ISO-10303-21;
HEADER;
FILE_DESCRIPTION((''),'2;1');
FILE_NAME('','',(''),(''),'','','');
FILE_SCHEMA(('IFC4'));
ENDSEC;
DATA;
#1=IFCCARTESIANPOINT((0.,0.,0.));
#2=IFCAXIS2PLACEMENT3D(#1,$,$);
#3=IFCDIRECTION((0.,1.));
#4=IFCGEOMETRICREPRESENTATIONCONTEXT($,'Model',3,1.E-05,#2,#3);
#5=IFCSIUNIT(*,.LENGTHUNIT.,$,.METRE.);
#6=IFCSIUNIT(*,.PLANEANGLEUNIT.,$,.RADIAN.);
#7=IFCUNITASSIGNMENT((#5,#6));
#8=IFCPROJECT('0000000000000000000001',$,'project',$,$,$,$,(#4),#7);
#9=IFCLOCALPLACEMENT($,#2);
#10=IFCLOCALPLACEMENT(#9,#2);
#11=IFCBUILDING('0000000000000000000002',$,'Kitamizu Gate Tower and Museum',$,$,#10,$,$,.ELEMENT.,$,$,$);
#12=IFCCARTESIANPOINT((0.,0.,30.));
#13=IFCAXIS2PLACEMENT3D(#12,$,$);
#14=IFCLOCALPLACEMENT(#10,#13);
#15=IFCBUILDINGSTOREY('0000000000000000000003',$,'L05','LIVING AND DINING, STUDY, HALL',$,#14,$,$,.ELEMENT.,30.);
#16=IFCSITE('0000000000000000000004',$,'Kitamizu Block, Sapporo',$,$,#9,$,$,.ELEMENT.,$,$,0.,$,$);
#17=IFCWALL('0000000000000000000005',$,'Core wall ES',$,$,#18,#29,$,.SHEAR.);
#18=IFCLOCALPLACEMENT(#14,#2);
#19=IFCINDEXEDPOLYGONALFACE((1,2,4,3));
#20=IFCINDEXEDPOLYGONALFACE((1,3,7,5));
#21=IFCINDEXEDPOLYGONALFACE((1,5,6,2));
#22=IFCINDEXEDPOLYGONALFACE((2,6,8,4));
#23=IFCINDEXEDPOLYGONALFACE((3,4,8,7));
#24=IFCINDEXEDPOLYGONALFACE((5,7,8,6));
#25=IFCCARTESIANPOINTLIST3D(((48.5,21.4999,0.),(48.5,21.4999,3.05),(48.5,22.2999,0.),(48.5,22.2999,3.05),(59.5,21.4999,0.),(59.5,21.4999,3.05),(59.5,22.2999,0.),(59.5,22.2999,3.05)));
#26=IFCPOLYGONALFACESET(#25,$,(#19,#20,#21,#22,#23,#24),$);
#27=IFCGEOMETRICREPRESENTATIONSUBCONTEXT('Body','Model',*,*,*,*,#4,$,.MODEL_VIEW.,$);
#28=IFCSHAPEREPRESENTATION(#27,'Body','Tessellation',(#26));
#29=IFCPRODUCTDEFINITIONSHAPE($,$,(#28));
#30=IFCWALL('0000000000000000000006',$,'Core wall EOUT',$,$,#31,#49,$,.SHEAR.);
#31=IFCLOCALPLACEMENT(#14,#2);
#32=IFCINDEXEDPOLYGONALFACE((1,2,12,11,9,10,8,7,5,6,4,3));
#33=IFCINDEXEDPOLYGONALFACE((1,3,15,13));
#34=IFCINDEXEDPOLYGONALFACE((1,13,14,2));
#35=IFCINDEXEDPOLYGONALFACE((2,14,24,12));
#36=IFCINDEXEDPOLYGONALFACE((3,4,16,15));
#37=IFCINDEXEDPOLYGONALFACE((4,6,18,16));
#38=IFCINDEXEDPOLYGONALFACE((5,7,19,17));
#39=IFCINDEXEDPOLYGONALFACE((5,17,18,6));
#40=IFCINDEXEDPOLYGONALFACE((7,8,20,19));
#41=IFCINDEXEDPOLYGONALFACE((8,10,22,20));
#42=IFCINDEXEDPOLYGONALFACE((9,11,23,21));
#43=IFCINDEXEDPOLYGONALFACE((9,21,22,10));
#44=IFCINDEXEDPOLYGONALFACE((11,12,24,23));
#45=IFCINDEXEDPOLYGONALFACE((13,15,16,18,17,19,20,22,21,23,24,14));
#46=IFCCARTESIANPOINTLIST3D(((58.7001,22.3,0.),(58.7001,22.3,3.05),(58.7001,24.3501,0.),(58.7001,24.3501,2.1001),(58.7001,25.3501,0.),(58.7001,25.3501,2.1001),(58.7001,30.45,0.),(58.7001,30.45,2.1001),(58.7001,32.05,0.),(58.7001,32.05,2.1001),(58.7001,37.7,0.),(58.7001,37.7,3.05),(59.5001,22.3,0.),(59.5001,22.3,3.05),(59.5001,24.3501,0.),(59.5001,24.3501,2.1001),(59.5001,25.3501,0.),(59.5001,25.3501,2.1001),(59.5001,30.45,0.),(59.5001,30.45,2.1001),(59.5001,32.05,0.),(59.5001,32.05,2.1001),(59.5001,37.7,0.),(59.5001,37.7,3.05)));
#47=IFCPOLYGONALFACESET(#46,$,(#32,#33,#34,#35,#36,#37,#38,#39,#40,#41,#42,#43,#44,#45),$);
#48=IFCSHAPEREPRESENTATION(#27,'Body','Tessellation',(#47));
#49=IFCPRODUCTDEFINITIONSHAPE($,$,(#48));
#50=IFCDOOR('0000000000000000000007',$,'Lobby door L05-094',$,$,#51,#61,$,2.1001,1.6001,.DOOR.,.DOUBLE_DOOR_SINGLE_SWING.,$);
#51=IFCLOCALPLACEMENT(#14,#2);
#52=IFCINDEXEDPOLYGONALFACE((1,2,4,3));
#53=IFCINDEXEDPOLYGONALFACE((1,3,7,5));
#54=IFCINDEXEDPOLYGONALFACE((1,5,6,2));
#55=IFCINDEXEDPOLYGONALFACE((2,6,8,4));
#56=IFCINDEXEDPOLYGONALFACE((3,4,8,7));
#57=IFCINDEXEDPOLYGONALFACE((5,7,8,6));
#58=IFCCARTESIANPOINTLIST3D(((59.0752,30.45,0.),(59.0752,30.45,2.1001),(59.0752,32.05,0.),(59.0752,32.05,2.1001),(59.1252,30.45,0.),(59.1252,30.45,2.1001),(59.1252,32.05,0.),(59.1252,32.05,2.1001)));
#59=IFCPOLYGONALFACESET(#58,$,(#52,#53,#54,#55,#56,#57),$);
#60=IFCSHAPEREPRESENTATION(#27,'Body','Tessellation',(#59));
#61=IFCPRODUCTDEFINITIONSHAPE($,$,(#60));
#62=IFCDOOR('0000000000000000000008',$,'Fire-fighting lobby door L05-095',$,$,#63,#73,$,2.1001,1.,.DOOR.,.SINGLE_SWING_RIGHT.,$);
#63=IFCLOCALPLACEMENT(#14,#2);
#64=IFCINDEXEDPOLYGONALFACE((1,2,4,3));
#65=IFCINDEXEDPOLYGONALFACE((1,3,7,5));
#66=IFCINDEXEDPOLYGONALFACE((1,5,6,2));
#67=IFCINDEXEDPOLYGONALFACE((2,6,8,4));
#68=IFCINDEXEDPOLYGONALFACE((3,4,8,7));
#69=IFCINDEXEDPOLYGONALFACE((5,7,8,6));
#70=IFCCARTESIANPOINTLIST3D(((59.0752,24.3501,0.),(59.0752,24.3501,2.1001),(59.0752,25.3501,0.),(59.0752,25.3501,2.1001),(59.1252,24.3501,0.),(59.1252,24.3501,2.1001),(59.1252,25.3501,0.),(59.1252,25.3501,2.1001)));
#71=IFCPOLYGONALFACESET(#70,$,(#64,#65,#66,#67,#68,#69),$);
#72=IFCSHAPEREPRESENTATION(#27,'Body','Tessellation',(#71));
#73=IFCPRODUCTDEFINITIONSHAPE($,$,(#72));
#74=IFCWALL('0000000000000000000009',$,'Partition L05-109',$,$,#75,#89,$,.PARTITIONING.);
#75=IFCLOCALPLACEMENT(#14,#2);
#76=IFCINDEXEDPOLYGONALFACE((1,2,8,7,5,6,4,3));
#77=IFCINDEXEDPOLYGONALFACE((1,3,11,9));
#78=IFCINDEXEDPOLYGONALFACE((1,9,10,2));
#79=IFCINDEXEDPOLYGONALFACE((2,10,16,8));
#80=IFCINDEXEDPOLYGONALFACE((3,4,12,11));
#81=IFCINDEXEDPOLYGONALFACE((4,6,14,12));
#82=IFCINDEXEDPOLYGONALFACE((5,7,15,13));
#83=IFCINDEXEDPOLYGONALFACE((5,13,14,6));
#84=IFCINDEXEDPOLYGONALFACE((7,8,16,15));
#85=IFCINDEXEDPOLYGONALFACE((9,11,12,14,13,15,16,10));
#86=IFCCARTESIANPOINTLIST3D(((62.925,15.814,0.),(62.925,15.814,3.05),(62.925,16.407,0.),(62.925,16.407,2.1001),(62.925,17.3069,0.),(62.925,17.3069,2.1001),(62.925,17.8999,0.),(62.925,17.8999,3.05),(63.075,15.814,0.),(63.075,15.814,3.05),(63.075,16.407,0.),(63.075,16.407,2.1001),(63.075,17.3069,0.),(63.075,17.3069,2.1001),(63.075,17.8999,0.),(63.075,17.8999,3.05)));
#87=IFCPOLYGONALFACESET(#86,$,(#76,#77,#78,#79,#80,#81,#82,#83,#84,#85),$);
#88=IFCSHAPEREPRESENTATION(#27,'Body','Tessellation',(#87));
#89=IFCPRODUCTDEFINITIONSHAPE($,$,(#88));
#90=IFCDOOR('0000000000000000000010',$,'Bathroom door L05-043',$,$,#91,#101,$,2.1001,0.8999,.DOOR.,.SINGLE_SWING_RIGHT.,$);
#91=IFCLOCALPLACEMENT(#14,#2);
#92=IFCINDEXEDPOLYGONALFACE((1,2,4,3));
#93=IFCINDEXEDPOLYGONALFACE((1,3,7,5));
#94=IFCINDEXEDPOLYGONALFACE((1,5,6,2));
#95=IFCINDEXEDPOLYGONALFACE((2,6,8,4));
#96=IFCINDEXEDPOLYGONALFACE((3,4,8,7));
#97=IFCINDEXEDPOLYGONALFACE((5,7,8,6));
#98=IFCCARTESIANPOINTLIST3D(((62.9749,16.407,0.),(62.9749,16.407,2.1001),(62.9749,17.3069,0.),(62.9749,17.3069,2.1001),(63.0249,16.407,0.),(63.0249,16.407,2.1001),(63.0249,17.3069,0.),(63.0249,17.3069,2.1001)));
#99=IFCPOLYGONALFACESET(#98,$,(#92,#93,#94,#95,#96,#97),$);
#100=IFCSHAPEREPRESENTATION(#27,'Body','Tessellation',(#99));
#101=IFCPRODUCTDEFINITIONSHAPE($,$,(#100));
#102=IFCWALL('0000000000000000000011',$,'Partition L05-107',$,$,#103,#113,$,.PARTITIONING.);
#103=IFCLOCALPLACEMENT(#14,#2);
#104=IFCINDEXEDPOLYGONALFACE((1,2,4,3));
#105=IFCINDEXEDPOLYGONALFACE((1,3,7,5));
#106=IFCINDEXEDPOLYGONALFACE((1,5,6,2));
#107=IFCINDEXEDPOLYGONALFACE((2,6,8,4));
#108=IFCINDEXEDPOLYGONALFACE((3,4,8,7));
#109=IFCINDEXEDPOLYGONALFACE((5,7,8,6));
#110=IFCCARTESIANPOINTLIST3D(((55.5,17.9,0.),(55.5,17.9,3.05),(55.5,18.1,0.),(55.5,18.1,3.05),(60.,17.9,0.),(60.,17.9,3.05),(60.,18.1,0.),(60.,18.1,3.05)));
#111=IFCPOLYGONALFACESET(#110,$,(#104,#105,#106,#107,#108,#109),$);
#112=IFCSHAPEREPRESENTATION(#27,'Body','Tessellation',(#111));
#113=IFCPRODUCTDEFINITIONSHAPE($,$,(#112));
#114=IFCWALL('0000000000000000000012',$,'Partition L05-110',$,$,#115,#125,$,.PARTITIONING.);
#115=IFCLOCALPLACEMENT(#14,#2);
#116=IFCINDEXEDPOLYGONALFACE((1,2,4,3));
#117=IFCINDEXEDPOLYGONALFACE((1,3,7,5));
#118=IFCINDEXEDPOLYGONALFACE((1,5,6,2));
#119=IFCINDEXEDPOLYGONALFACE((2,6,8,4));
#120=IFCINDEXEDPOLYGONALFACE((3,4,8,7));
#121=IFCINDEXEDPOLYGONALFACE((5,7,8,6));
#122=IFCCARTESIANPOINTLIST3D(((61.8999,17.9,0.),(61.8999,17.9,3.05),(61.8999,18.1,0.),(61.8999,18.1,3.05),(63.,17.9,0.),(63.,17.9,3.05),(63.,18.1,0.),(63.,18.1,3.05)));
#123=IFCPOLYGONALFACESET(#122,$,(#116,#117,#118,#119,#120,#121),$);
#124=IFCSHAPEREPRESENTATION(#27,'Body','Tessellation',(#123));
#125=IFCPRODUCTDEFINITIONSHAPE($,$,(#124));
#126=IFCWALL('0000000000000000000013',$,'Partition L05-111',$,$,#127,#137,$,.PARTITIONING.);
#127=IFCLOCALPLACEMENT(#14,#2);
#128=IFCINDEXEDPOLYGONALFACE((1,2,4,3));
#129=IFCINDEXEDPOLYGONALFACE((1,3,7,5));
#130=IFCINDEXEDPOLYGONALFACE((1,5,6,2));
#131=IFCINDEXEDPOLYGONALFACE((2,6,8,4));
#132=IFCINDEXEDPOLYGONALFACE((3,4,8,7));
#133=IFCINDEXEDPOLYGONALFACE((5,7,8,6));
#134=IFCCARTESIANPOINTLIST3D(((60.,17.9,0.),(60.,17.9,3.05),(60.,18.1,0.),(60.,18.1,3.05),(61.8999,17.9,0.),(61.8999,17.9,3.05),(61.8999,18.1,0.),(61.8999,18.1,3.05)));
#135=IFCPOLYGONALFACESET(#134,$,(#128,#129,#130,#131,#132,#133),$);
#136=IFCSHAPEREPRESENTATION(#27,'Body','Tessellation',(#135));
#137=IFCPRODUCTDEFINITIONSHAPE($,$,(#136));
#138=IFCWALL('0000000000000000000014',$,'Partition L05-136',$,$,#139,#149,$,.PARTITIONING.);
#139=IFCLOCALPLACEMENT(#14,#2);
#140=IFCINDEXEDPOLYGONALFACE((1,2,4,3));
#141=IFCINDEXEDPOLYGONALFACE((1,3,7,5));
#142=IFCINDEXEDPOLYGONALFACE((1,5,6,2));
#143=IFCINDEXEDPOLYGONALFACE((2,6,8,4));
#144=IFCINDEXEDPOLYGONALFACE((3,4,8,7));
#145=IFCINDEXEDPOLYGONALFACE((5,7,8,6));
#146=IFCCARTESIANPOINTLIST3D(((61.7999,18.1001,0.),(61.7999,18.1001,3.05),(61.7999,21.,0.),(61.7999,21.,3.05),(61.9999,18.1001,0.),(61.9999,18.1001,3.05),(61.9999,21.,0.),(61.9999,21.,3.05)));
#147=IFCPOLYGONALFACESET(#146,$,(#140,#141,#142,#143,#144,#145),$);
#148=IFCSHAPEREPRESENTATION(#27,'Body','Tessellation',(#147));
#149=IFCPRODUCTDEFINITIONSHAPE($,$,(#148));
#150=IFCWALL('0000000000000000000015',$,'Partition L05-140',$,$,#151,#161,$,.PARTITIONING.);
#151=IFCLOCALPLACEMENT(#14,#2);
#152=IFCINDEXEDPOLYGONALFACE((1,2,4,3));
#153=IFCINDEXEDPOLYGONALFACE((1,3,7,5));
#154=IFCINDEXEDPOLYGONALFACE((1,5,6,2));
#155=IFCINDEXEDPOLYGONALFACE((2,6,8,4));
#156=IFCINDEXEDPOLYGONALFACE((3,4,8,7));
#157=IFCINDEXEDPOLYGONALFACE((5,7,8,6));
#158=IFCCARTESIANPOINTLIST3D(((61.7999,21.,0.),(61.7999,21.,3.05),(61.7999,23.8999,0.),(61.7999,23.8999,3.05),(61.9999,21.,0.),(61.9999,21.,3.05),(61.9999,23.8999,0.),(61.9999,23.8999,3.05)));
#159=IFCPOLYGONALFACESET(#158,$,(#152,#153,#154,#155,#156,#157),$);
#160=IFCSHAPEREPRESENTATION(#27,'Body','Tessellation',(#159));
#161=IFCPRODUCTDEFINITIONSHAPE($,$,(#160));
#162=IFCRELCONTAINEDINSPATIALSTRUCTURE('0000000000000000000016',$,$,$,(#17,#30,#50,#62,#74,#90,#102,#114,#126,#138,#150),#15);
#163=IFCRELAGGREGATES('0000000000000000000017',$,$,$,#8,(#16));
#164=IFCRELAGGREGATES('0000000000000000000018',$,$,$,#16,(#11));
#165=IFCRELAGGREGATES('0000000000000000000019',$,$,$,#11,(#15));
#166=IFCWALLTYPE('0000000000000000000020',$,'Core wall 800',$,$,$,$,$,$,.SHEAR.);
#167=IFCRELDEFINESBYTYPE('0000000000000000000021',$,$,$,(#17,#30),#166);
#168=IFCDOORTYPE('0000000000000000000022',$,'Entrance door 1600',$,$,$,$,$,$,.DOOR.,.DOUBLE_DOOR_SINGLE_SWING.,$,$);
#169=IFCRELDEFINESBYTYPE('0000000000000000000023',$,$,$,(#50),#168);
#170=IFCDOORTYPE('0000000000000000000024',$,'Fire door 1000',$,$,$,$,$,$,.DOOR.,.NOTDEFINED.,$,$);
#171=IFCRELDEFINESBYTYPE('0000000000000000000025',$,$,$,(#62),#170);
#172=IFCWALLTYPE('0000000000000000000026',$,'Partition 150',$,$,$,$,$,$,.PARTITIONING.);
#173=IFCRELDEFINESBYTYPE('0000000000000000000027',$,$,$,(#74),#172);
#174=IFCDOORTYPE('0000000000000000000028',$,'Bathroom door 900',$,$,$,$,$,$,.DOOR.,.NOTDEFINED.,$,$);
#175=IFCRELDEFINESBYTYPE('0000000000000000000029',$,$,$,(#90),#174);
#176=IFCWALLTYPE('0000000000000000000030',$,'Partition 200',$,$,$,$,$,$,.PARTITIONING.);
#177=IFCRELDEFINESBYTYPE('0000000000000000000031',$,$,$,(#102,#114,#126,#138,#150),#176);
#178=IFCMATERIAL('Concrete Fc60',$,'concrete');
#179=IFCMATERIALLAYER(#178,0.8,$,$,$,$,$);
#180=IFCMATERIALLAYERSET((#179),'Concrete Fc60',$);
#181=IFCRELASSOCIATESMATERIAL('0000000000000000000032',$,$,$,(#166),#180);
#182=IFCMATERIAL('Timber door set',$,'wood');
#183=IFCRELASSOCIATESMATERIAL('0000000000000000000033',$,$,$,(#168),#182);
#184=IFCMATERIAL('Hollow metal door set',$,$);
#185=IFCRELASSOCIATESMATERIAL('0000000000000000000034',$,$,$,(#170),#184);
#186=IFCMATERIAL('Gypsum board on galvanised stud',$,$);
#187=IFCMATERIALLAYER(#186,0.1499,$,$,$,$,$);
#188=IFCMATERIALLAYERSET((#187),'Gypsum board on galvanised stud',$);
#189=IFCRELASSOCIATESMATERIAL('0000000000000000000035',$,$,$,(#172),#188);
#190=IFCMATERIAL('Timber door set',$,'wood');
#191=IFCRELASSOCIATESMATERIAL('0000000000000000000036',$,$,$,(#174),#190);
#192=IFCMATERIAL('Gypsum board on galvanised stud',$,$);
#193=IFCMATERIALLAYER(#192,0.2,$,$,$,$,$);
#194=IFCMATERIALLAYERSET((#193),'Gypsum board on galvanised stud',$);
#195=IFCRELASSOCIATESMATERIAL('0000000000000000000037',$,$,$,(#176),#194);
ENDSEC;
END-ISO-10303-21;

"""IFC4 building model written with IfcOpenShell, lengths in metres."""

from ifc_helpers import new_model, si_unit, direction, frame, frame_2d, origin, place, context, subcontext, project, spatial, rectangle, extrude, material, layer, layer_set, type_object, element, fill, save


model = new_model("IFC4")

# Units and contexts
model_context = context("Model", 3, precision=1e-05, world=origin(), true_north=direction((0.0, 1.0)))
body_context = subcontext(model_context, "Body", "Model", "MODEL_VIEW")
ifc_project = project(units=[si_unit("LENGTHUNIT", "METRE"), si_unit("PLANEANGLEUNIT", "RADIAN")], contexts=[model_context])

# Site, building, storey
site_placement = place(None, origin())
site = spatial("IfcSite", under=ifc_project, at=site_placement, Name="Kitamizu Block, Sapporo", CompositionType="ELEMENT", RefElevation=0.0)
building_placement = place(site_placement, origin())
building = spatial("IfcBuilding", under=site, at=building_placement, Name="Kitamizu Gate Tower and Museum", CompositionType="ELEMENT")
storey_placement = place(building_placement, frame((0.0, 0.0, 30.0)))
storey = spatial("IfcBuildingStorey", under=building, at=storey_placement, Name="L05", Description="LIVING AND DINING, STUDY, HALL", CompositionType="ELEMENT", Elevation=30.0)

# Wall
ifc_material_1 = material(Name="Concrete Fc60", Category="concrete")
ifc_layer_1 = layer(ifc_material_1, 0.8)
ifc_layer_set_1 = layer_set([ifc_layer_1], Name="Concrete Fc60")
wall_type_1 = type_object("IfcWallType", Name="Core wall 800", PredefinedType="SHEAR", material=ifc_layer_set_1)
wall_1_placement = place(storey_placement, frame((59.5, 21.8999, 0.0), z_axis=(0.0, 0.0, 1.0), x_axis=(-1.0, 0.0, 0.0)))
element("IfcWall", 1, at=wall_1_placement, inside=storey, type_object=wall_type_1, Name="Core wall ES", PredefinedType="SHEAR", context=body_context, shape_type="SweptSolid", body=[
    extrude(rectangle(XDim=11.0, YDim=0.8, at=frame_2d((5.5, 0.0))), origin(), (0.0, 0.0, 1.0), 3.05),
])

# Wall, openings, doors
wall_2_placement = place(storey_placement, frame((59.1001, 22.3, 0.0), z_axis=(0.0, 0.0, 1.0), x_axis=(0.0, 1.0, 0.0)))
wall_2 = element("IfcWall", 2, at=wall_2_placement, inside=storey, type_object=wall_type_1, Name="Core wall EOUT", PredefinedType="SHEAR", context=body_context, shape_type="SweptSolid", body=[
    extrude(rectangle(XDim=15.3999, YDim=0.8, at=frame_2d((7.7, 0.0))), origin(), (0.0, 0.0, 1.0), 3.05),
])
opening_1_placement = place(wall_2_placement, frame((8.1499, 0.0, 0.0)))
opening_1 = element("IfcOpeningElement", 3, at=opening_1_placement, cuts=wall_2, PredefinedType="OPENING", context=body_context, shape_type="SweptSolid", body=[
    extrude(rectangle(XDim=1.6001, YDim=2.1001, at=frame_2d((0.8, 1.05))), frame((0.0, 0.4102, 0.0), z_axis=(0.0, -1.0, 0.0), x_axis=(1.0, 0.0, 0.0)), (0.0, 0.0, 1.0), 0.8201),
])
opening_2_placement = place(wall_2_placement, frame((2.05, 0.0, 0.0)))
opening_2 = element("IfcOpeningElement", 4, at=opening_2_placement, cuts=wall_2, PredefinedType="OPENING", context=body_context, shape_type="SweptSolid", body=[
    extrude(rectangle(XDim=1.0, YDim=2.1001, at=frame_2d((0.5, 1.05))), frame((0.0, 0.4102, 0.0), z_axis=(0.0, -1.0, 0.0), x_axis=(1.0, 0.0, 0.0)), (0.0, 0.0, 1.0), 0.8201),
])
ifc_material_2 = material(Name="Timber door set", Category="wood")
door_type_1 = type_object("IfcDoorType", Name="Entrance door 1600", OperationType="DOUBLE_DOOR_SINGLE_SWING", PredefinedType="DOOR", material=ifc_material_2)
door_1_placement = place(opening_1_placement, origin())
door_1 = element("IfcDoor", 5, at=door_1_placement, inside=storey, type_object=door_type_1, Name="Lobby door L05-094", OperationType="DOUBLE_DOOR_SINGLE_SWING", OverallHeight=2.1001, OverallWidth=1.6001, PredefinedType="DOOR", context=body_context, shape_type="SweptSolid", body=[
    extrude(rectangle(XDim=1.6001, YDim=2.1001, at=frame_2d((0.8, 1.05))), frame((0.0, 0.0249, 0.0), z_axis=(0.0, -1.0, 0.0), x_axis=(1.0, 0.0, 0.0)), (0.0, 0.0, 1.0), 0.05),
])
fill(opening_1, door_1)
ifc_material_3 = material(Name="Hollow metal door set")
door_type_2 = type_object("IfcDoorType", Name="Fire door 1000", OperationType="NOTDEFINED", PredefinedType="DOOR", material=ifc_material_3)
door_2_placement = place(opening_2_placement, origin())
door_2 = element("IfcDoor", 6, at=door_2_placement, inside=storey, type_object=door_type_2, Name="Fire-fighting lobby door L05-095", OperationType="SINGLE_SWING_RIGHT", OverallHeight=2.1001, OverallWidth=1.0, PredefinedType="DOOR", context=body_context, shape_type="SweptSolid", body=[
    extrude(rectangle(XDim=1.0, YDim=2.1001, at=frame_2d((0.5, 1.05))), frame((0.0, 0.0249, 0.0), z_axis=(0.0, -1.0, 0.0), x_axis=(1.0, 0.0, 0.0)), (0.0, 0.0, 1.0), 0.05),
])
fill(opening_2, door_2)

# Wall, opening, door
ifc_material_4 = material(Name="Gypsum board on galvanised stud")
ifc_layer_2 = layer(ifc_material_4, 0.1499)
ifc_layer_set_2 = layer_set([ifc_layer_2], Name="Gypsum board on galvanised stud")
wall_type_2 = type_object("IfcWallType", Name="Partition 150", PredefinedType="PARTITIONING", material=ifc_layer_set_2)
wall_3_placement = place(storey_placement, frame((63.0, 15.814, 0.0), z_axis=(0.0, 0.0, 1.0), x_axis=(0.0, 1.0, 0.0)))
wall_3 = element("IfcWall", 7, at=wall_3_placement, inside=storey, type_object=wall_type_2, Name="Partition L05-109", PredefinedType="PARTITIONING", context=body_context, shape_type="SweptSolid", body=[
    extrude(rectangle(XDim=2.0859, YDim=0.1499, at=frame_2d((1.043, 0.0))), origin(), (0.0, 0.0, 1.0), 3.05),
])
opening_3_placement = place(wall_3_placement, frame((0.593, 0.0, 0.0)))
opening_3 = element("IfcOpeningElement", 8, at=opening_3_placement, cuts=wall_3, PredefinedType="OPENING", context=body_context, shape_type="SweptSolid", body=[
    extrude(rectangle(XDim=0.8999, YDim=2.1001, at=frame_2d((0.45, 1.05))), frame((0.0, 0.085, 0.0), z_axis=(0.0, -1.0, 0.0), x_axis=(1.0, 0.0, 0.0)), (0.0, 0.0, 1.0), 0.1699),
])
ifc_material_5 = material(Name="Timber door set", Category="wood")
door_type_3 = type_object("IfcDoorType", Name="Bathroom door 900", OperationType="NOTDEFINED", PredefinedType="DOOR", material=ifc_material_5)
door_3_placement = place(opening_3_placement, frame((0.8999, 0.0, 0.0), x_axis=(-1.0, 0.0, 0.0)))
door_3 = element("IfcDoor", 9, at=door_3_placement, inside=storey, type_object=door_type_3, Name="Bathroom door L05-043", OperationType="SINGLE_SWING_RIGHT", OverallHeight=2.1001, OverallWidth=0.8999, PredefinedType="DOOR", context=body_context, shape_type="SweptSolid", body=[
    extrude(rectangle(XDim=0.8999, YDim=2.1001, at=frame_2d((0.45, 1.05))), frame((0.0, 0.0249, 0.0), z_axis=(0.0, -1.0, 0.0), x_axis=(1.0, 0.0, 0.0)), (0.0, 0.0, 1.0), 0.05),
])
fill(opening_3, door_3)

# Walls
ifc_material_6 = material(Name="Gypsum board on galvanised stud")
ifc_layer_3 = layer(ifc_material_6, 0.2)
ifc_layer_set_3 = layer_set([ifc_layer_3], Name="Gypsum board on galvanised stud")
wall_type_3 = type_object("IfcWallType", Name="Partition 200", PredefinedType="PARTITIONING", material=ifc_layer_set_3)
wall_4_placement = place(storey_placement, frame((60.0, 18.0, 0.0), z_axis=(0.0, 0.0, 1.0), x_axis=(-1.0, 0.0, 0.0)))
element("IfcWall", 10, at=wall_4_placement, inside=storey, type_object=wall_type_3, Name="Partition L05-107", PredefinedType="PARTITIONING", context=body_context, shape_type="SweptSolid", body=[
    extrude(rectangle(XDim=4.5, YDim=0.2, at=frame_2d((2.25, 0.0))), origin(), (0.0, 0.0, 1.0), 3.05),
])
wall_5_placement = place(storey_placement, frame((63.0, 18.0, 0.0), z_axis=(0.0, 0.0, 1.0), x_axis=(-1.0, 0.0, 0.0)))
element("IfcWall", 11, at=wall_5_placement, inside=storey, type_object=wall_type_3, Name="Partition L05-110", PredefinedType="PARTITIONING", context=body_context, shape_type="SweptSolid", body=[
    extrude(rectangle(XDim=1.1001, YDim=0.2, at=frame_2d((0.55, 0.0))), origin(), (0.0, 0.0, 1.0), 3.05),
])
wall_6_placement = place(storey_placement, frame((61.8999, 18.0, 0.0), z_axis=(0.0, 0.0, 1.0), x_axis=(-1.0, 0.0, 0.0)))
element("IfcWall", 12, at=wall_6_placement, inside=storey, type_object=wall_type_3, Name="Partition L05-111", PredefinedType="PARTITIONING", context=body_context, shape_type="SweptSolid", body=[
    extrude(rectangle(XDim=1.8999, YDim=0.2, at=frame_2d((0.95, 0.0))), origin(), (0.0, 0.0, 1.0), 3.05),
])
for number, where, z_axis, x_axis, name in (
    (13, (61.8999, 21.0, 0.0), (0.0, 0.0, 1.0), (0.0, -1.0, 0.0), "Partition L05-136"),
    (14, (61.8999, 23.8999, 0.0), (0.0, 0.0, 1.0), (0.0, -1.0, 0.0), "Partition L05-140"),
):
    element("IfcWall", number, at=place(storey_placement, frame(where, z_axis=z_axis, x_axis=x_axis)), inside=storey, type_object=wall_type_3, Name=name, PredefinedType="PARTITIONING", context=body_context, shape_type="SweptSolid", body=[
        extrude(rectangle(XDim=2.8999, YDim=0.2, at=frame_2d((1.45, 0.0))), origin(), (0.0, 0.0, 1.0), 3.05),
    ])

save(model, "model.ifc")
